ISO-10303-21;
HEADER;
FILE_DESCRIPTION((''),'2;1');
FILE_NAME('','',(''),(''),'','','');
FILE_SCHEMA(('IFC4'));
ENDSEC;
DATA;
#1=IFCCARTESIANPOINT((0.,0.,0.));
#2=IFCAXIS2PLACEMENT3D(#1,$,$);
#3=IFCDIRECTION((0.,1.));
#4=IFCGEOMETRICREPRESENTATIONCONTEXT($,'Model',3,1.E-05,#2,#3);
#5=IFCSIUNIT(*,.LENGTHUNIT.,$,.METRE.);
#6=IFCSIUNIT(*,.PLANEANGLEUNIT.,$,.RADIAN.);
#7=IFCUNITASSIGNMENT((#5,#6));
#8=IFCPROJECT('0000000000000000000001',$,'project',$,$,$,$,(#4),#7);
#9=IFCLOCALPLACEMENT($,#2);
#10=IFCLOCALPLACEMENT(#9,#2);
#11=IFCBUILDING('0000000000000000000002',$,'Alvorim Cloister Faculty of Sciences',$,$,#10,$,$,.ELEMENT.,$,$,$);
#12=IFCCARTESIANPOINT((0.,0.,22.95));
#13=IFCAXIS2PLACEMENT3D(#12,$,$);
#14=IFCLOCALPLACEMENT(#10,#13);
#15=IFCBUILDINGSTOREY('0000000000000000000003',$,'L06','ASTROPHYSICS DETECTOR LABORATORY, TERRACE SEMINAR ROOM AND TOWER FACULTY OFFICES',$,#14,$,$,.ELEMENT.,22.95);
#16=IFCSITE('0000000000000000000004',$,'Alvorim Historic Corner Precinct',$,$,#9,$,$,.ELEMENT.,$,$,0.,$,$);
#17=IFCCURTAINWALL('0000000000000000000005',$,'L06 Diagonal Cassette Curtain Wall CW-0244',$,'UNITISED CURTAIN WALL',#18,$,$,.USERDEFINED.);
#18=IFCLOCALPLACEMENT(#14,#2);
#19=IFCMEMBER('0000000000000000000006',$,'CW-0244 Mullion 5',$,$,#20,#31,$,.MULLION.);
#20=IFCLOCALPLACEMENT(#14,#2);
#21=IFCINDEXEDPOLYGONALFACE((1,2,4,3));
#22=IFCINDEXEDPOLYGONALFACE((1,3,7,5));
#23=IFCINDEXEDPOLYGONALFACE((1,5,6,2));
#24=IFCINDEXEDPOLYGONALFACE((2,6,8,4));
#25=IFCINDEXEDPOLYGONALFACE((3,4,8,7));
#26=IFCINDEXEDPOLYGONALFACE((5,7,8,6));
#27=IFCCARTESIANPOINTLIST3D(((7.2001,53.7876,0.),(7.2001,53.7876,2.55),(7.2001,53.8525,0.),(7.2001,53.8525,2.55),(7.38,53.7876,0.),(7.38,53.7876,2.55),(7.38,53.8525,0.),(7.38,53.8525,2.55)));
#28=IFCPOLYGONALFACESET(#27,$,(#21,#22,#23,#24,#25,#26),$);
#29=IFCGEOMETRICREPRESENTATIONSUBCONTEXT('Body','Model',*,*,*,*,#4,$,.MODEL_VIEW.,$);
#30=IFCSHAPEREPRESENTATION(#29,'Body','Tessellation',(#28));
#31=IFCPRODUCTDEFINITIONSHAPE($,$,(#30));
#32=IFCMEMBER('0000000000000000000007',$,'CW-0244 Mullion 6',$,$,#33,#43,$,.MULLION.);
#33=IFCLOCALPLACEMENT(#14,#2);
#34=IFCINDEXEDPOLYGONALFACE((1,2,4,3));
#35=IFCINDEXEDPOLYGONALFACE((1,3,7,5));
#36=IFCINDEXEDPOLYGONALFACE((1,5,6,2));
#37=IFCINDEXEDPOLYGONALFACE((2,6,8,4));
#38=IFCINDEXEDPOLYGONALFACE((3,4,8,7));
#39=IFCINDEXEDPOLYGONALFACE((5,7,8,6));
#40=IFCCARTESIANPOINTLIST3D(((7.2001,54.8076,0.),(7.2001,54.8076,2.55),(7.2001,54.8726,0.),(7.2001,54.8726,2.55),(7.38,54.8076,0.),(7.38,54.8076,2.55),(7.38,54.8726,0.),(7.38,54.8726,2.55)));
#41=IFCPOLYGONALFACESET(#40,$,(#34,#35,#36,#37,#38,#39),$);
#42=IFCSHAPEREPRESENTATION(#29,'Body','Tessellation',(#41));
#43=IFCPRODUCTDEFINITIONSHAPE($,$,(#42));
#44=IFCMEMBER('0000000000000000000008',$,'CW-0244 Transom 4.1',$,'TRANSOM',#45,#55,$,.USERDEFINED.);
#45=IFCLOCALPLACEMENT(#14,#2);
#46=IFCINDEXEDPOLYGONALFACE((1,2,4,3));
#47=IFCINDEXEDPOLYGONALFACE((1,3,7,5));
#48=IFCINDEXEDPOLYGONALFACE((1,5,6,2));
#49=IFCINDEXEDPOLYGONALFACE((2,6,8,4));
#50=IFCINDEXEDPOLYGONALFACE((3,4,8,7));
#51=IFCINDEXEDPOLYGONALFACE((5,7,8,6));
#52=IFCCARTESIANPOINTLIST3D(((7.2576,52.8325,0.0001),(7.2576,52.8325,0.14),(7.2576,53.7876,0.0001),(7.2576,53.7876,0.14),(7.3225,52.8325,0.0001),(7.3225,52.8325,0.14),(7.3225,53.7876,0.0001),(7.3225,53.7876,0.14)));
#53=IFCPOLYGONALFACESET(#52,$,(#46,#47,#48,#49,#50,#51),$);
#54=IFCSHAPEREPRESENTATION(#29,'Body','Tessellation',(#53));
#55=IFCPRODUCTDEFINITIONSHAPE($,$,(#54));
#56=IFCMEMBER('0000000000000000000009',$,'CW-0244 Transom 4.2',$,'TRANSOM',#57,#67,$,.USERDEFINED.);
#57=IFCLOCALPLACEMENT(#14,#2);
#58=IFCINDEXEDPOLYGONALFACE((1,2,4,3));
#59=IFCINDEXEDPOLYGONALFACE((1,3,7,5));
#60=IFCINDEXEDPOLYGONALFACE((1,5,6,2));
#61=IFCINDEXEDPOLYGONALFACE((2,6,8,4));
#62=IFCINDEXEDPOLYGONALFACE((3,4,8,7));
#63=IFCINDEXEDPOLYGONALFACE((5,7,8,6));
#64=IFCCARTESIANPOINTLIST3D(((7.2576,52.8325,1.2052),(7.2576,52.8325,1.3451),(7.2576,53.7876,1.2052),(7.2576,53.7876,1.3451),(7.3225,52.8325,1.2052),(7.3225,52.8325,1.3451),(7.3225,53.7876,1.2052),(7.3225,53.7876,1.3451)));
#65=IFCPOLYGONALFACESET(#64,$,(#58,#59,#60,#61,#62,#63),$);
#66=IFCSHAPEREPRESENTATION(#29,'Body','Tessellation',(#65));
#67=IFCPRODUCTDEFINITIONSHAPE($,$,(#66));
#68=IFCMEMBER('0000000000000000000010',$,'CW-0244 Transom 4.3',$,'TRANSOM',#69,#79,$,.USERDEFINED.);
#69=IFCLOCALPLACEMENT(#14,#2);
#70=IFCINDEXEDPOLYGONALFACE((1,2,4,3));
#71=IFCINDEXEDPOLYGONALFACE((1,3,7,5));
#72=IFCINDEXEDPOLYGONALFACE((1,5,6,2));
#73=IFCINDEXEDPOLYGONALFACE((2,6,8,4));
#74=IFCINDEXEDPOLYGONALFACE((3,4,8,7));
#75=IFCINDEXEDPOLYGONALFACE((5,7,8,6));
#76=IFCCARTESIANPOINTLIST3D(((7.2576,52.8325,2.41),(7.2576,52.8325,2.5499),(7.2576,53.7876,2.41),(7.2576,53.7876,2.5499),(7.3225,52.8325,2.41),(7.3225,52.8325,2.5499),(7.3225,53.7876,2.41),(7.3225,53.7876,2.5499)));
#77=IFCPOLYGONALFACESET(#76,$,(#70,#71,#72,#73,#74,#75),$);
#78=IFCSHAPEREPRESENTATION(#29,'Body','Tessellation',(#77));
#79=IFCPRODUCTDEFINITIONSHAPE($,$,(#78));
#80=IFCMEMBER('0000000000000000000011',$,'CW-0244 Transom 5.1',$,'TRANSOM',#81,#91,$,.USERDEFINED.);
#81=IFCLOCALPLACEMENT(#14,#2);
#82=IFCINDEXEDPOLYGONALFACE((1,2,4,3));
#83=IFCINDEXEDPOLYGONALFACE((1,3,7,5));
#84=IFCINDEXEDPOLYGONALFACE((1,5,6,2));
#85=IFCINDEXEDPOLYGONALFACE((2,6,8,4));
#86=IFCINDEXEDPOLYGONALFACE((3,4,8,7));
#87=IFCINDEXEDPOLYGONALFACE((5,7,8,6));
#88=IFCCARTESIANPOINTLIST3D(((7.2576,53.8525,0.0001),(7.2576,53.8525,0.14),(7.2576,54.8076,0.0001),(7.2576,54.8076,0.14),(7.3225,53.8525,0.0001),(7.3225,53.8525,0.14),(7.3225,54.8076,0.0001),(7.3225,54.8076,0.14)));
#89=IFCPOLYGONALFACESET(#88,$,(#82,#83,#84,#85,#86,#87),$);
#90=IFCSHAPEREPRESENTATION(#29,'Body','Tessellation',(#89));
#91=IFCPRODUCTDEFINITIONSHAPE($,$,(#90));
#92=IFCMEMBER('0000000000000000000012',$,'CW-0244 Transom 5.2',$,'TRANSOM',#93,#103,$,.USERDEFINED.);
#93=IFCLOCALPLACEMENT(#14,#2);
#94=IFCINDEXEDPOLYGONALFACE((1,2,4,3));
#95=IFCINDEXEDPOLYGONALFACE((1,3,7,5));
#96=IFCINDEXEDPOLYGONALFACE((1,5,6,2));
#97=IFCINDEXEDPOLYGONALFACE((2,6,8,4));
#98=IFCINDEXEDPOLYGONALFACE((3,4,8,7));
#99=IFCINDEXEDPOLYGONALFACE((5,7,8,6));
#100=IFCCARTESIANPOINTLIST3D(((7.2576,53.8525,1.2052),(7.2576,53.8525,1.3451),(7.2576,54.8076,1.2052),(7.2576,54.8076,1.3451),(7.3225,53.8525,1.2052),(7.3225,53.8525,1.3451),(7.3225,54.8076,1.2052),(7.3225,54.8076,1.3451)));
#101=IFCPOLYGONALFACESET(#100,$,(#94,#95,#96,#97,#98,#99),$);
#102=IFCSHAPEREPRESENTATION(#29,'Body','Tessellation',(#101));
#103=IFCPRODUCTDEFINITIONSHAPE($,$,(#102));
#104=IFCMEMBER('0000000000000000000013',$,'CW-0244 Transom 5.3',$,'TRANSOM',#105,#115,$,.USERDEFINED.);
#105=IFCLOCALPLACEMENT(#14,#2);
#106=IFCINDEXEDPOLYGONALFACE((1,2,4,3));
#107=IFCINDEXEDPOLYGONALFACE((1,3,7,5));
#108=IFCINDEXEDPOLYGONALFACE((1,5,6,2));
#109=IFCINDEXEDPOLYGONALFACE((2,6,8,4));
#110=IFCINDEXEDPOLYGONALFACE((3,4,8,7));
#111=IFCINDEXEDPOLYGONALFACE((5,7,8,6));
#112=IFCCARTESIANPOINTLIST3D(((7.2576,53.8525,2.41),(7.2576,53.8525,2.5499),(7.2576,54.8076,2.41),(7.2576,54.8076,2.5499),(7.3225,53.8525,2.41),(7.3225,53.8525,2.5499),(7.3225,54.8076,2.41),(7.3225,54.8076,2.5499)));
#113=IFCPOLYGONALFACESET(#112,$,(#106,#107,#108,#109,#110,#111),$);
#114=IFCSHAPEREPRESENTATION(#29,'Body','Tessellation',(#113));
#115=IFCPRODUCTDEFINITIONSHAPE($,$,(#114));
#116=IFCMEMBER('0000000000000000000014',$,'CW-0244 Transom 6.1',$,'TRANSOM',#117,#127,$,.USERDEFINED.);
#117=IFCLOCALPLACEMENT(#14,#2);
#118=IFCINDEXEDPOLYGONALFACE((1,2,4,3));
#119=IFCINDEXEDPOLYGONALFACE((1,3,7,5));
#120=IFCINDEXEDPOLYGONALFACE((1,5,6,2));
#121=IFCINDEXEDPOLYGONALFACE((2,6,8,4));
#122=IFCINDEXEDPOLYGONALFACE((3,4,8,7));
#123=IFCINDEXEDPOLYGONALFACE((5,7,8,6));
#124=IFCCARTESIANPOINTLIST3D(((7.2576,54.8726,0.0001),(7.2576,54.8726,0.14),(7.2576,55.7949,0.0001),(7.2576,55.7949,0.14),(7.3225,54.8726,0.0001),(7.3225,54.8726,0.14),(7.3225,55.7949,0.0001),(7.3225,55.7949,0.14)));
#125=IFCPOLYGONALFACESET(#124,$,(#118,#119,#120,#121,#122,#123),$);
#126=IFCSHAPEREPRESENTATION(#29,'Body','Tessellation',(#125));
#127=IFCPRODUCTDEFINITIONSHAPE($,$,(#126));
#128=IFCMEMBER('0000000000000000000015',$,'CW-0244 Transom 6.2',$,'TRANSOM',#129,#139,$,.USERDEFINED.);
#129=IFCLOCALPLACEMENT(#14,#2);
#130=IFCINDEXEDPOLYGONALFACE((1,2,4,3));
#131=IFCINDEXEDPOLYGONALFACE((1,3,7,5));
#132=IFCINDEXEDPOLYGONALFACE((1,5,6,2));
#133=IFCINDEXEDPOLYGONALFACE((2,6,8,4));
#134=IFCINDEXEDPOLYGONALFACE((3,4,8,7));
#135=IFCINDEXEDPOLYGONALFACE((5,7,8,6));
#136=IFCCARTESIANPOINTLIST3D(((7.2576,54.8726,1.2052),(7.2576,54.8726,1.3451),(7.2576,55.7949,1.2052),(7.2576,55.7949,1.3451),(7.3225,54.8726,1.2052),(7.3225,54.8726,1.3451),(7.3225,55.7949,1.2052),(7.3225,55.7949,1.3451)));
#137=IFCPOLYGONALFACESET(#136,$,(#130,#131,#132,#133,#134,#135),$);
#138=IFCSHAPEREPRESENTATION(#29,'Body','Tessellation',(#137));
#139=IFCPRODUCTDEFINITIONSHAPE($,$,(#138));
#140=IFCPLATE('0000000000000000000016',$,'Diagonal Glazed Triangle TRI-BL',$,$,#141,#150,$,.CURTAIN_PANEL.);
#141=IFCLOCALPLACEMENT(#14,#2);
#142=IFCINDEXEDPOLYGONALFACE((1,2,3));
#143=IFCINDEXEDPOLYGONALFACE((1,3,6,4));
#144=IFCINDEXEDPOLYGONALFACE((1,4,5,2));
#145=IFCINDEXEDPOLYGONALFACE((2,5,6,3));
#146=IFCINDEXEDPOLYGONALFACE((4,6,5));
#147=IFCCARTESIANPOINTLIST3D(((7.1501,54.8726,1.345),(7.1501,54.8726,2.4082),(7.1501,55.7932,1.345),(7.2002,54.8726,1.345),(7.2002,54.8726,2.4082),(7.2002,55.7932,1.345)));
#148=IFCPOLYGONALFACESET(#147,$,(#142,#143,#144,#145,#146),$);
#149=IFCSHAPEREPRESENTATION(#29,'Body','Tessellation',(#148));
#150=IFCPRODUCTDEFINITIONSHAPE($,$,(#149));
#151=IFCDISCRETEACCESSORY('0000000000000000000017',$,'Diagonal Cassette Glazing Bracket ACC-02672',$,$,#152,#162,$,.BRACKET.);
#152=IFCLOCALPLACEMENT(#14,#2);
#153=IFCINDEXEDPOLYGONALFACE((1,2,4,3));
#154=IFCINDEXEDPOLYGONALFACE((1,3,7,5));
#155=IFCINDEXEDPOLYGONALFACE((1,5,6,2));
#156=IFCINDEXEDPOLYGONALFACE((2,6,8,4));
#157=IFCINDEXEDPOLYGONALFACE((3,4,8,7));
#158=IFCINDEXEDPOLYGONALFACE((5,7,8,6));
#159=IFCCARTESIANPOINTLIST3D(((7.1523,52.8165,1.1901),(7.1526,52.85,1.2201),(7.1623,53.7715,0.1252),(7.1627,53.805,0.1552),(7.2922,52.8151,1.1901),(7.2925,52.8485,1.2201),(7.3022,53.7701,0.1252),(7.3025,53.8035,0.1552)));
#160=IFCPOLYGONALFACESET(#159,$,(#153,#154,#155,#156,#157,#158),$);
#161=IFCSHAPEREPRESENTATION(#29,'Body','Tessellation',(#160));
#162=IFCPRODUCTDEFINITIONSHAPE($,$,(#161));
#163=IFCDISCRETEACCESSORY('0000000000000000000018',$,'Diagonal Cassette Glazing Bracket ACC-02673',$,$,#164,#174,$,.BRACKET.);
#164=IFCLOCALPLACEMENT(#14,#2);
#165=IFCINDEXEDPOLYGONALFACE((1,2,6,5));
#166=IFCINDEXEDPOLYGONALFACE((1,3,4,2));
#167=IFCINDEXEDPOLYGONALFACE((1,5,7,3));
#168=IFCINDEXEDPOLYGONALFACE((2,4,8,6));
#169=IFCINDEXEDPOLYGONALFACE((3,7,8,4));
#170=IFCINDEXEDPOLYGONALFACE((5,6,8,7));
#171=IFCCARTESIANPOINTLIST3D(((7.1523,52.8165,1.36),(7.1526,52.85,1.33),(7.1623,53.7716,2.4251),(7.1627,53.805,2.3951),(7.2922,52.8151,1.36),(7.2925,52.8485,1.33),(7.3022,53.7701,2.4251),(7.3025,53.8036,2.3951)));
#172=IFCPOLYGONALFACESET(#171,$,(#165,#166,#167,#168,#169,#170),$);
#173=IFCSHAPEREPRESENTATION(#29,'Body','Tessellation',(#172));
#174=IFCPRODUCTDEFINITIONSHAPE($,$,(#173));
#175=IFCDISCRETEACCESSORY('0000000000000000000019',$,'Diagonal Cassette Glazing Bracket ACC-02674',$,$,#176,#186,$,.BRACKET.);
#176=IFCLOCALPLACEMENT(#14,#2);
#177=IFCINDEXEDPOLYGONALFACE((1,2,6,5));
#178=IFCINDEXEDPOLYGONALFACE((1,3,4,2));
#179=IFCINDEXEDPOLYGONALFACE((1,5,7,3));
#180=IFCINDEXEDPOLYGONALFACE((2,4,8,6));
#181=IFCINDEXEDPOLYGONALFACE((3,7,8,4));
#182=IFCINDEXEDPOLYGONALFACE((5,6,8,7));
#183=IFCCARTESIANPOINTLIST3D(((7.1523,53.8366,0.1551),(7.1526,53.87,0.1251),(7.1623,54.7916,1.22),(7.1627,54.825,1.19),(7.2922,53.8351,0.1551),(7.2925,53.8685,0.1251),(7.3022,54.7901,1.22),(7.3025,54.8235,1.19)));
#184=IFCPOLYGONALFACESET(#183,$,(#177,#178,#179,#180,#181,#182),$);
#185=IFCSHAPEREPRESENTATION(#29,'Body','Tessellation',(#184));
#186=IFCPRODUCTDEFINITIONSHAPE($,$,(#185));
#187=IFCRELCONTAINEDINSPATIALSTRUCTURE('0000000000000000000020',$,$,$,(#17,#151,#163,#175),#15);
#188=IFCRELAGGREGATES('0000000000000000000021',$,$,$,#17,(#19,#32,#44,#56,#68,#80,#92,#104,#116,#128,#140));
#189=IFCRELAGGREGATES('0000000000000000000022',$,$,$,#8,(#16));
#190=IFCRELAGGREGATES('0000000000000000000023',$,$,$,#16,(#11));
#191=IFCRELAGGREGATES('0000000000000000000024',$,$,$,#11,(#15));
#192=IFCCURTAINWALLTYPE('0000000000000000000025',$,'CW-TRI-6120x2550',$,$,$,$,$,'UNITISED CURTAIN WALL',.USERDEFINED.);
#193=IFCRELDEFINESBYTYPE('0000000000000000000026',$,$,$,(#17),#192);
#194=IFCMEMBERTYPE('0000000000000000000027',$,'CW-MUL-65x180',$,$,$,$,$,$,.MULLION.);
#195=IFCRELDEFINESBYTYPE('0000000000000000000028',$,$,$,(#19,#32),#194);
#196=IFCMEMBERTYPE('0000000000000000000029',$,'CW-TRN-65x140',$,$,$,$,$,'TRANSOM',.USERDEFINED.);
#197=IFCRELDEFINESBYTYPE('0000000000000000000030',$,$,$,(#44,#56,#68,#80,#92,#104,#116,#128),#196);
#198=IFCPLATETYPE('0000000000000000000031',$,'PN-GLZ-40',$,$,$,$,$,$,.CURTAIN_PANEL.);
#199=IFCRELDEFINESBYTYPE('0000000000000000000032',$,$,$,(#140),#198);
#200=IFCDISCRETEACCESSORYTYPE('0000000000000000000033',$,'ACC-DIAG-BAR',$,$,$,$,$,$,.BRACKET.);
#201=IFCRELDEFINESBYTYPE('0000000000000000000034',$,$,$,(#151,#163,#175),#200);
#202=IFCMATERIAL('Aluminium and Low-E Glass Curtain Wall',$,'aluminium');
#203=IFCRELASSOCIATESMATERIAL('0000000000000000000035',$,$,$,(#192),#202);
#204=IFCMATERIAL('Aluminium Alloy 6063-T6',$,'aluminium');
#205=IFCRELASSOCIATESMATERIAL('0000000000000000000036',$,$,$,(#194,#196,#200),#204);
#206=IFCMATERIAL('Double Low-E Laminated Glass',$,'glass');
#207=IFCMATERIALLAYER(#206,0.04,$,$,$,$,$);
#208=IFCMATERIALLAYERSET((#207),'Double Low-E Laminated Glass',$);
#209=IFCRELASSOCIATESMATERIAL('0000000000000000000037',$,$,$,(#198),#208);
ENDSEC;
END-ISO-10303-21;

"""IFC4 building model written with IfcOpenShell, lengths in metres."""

from ifc_helpers import new_model, si_unit, direction, frame, origin, origin_2d, place, context, subcontext, project, spatial, polyline, rectangle, outline, extrude, material, layer, layer_set, material_profile, profile_set, type_object, element, aggregate, save


model = new_model("IFC4")

# Units and contexts
model_context = context("Model", 3, precision=1e-05, world=origin(), true_north=direction((0.0, 1.0)))
body_context = subcontext(model_context, "Body", "Model", "MODEL_VIEW")
ifc_project = project(units=[si_unit("LENGTHUNIT", "METRE"), si_unit("PLANEANGLEUNIT", "RADIAN")], contexts=[model_context])

# Site, building, storey
site_placement = place(None, origin())
site = spatial("IfcSite", under=ifc_project, at=site_placement, Name="Alvorim Historic Corner Precinct", CompositionType="ELEMENT", RefElevation=0.0)
building_placement = place(site_placement, origin())
building = spatial("IfcBuilding", under=site, at=building_placement, Name="Alvorim Cloister Faculty of Sciences", CompositionType="ELEMENT")
storey_placement = place(building_placement, frame((0.0, 0.0, 22.95)))
storey = spatial("IfcBuildingStorey", under=building, at=storey_placement, Name="L06", Description="ASTROPHYSICS DETECTOR LABORATORY, TERRACE SEMINAR ROOM AND TOWER FACULTY OFFICES", CompositionType="ELEMENT", Elevation=22.95)

# Curtain wall, members, plate
ifc_material_1 = material(Name="Aluminium and Low-E Glass Curtain Wall", Category="aluminium")
curtain_wall_type = type_object("IfcCurtainWallType", Name="CW-TRI-6120x2550", ElementType="UNITISED CURTAIN WALL", PredefinedType="USERDEFINED", material=ifc_material_1)
curtain_wall_placement = place(storey_placement, origin())
curtain_wall = element("IfcCurtainWall", 1, at=curtain_wall_placement, inside=storey, type_object=curtain_wall_type, Name="L06 Diagonal Cassette Curtain Wall CW-0244", ObjectType="UNITISED CURTAIN WALL", PredefinedType="USERDEFINED")
ifc_material_2 = material(Name="Aluminium Alloy 6063-T6", Category="aluminium")
ifc_material_profile_1 = material_profile(ifc_material_2, rectangle(XDim=0.0649, YDim=0.1799, at=origin_2d()), Name="ALU-MUL-65x180")
ifc_profile_set_1 = profile_set([ifc_material_profile_1], Name="Aluminium Alloy 6063-T6")
member_type_1 = type_object("IfcMemberType", Name="CW-MUL-65x180", PredefinedType="MULLION", material=ifc_profile_set_1)
member_1_placement = place(storey_placement, frame((7.29, 53.8201, 0.0), z_axis=(0.0, 0.0, 1.0), x_axis=(0.0, 1.0, 0.0)))
member_1 = element("IfcMember", 2, at=member_1_placement, type_object=member_type_1, Name="CW-0244 Mullion 5", PredefinedType="MULLION", context=body_context, shape_type="SweptSolid", body=[
    extrude(rectangle(XDim=0.0649, YDim=0.1799, at=origin_2d()), origin(), (0.0, 0.0, 1.0), 2.55),
])
member_2_placement = place(storey_placement, frame((7.29, 54.8401, 0.0), z_axis=(0.0, 0.0, 1.0), x_axis=(0.0, 1.0, 0.0)))
member_2 = element("IfcMember", 3, at=member_2_placement, type_object=member_type_1, Name="CW-0244 Mullion 6", PredefinedType="MULLION", context=body_context, shape_type="SweptSolid", body=[
    extrude(rectangle(XDim=0.0649, YDim=0.1799, at=origin_2d()), origin(), (0.0, 0.0, 1.0), 2.55),
])
ifc_material_profile_2 = material_profile(ifc_material_2, rectangle(XDim=0.0649, YDim=0.1399, at=origin_2d()), Name="ALU-TRN-65x140")
ifc_profile_set_2 = profile_set([ifc_material_profile_2], Name="Aluminium Alloy 6063-T6")
member_type_2 = type_object("IfcMemberType", Name="CW-TRN-65x140", ElementType="TRANSOM", PredefinedType="USERDEFINED", material=ifc_profile_set_2)
member_3_placement = place(storey_placement, frame((7.29, 52.8325, 0.0701), z_axis=(0.0, 1.0, 0.0), x_axis=(-1.0, 0.0, 0.0)))
member_3 = element("IfcMember", 4, at=member_3_placement, type_object=member_type_2, Name="CW-0244 Transom 4.1", ObjectType="TRANSOM", PredefinedType="USERDEFINED", context=body_context, shape_type="SweptSolid", body=[
    extrude(rectangle(XDim=0.0649, YDim=0.1399, at=origin_2d()), origin(), (0.0, 0.0, 1.0), 0.9551),
])
member_4_placement = place(storey_placement, frame((7.29, 52.8325, 1.2751), z_axis=(0.0, 1.0, 0.0), x_axis=(-1.0, 0.0, 0.0)))
member_4 = element("IfcMember", 5, at=member_4_placement, type_object=member_type_2, Name="CW-0244 Transom 4.2", ObjectType="TRANSOM", PredefinedType="USERDEFINED", context=body_context, shape_type="SweptSolid", body=[
    extrude(rectangle(XDim=0.0649, YDim=0.1399, at=origin_2d()), origin(), (0.0, 0.0, 1.0), 0.9551),
])
member_5_placement = place(storey_placement, frame((7.29, 52.8325, 2.48), z_axis=(0.0, 1.0, 0.0), x_axis=(-1.0, 0.0, 0.0)))
member_5 = element("IfcMember", 6, at=member_5_placement, type_object=member_type_2, Name="CW-0244 Transom 4.3", ObjectType="TRANSOM", PredefinedType="USERDEFINED", context=body_context, shape_type="SweptSolid", body=[
    extrude(rectangle(XDim=0.0649, YDim=0.1399, at=origin_2d()), origin(), (0.0, 0.0, 1.0), 0.9551),
])
member_6_placement = place(storey_placement, frame((7.29, 53.8525, 0.0701), z_axis=(0.0, 1.0, 0.0), x_axis=(-1.0, 0.0, 0.0)))
member_6 = element("IfcMember", 7, at=member_6_placement, type_object=member_type_2, Name="CW-0244 Transom 5.1", ObjectType="TRANSOM", PredefinedType="USERDEFINED", context=body_context, shape_type="SweptSolid", body=[
    extrude(rectangle(XDim=0.0649, YDim=0.1399, at=origin_2d()), origin(), (0.0, 0.0, 1.0), 0.9551),
])
member_7_placement = place(storey_placement, frame((7.29, 53.8525, 1.2751), z_axis=(0.0, 1.0, 0.0), x_axis=(-1.0, 0.0, 0.0)))
member_7 = element("IfcMember", 8, at=member_7_placement, type_object=member_type_2, Name="CW-0244 Transom 5.2", ObjectType="TRANSOM", PredefinedType="USERDEFINED", context=body_context, shape_type="SweptSolid", body=[
    extrude(rectangle(XDim=0.0649, YDim=0.1399, at=origin_2d()), origin(), (0.0, 0.0, 1.0), 0.9551),
])
member_8_placement = place(storey_placement, frame((7.29, 53.8525, 2.48), z_axis=(0.0, 1.0, 0.0), x_axis=(-1.0, 0.0, 0.0)))
member_8 = element("IfcMember", 9, at=member_8_placement, type_object=member_type_2, Name="CW-0244 Transom 5.3", ObjectType="TRANSOM", PredefinedType="USERDEFINED", context=body_context, shape_type="SweptSolid", body=[
    extrude(rectangle(XDim=0.0649, YDim=0.1399, at=origin_2d()), origin(), (0.0, 0.0, 1.0), 0.9551),
])
member_9_placement = place(storey_placement, frame((7.29, 54.8726, 0.0701), z_axis=(0.0, 1.0, 0.0), x_axis=(-1.0, 0.0, 0.0)))
member_9 = element("IfcMember", 10, at=member_9_placement, type_object=member_type_2, Name="CW-0244 Transom 6.1", ObjectType="TRANSOM", PredefinedType="USERDEFINED", context=body_context, shape_type="SweptSolid", body=[
    extrude(rectangle(XDim=0.0649, YDim=0.1399, at=origin_2d()), origin(), (0.0, 0.0, 1.0), 0.9224),
])
member_10_placement = place(storey_placement, frame((7.29, 54.8726, 1.2751), z_axis=(0.0, 1.0, 0.0), x_axis=(-1.0, 0.0, 0.0)))
member_10 = element("IfcMember", 11, at=member_10_placement, type_object=member_type_2, Name="CW-0244 Transom 6.2", ObjectType="TRANSOM", PredefinedType="USERDEFINED", context=body_context, shape_type="SweptSolid", body=[
    extrude(rectangle(XDim=0.0649, YDim=0.1399, at=origin_2d()), origin(), (0.0, 0.0, 1.0), 0.9224),
])
ifc_material_3 = material(Name="Double Low-E Laminated Glass", Category="glass")
ifc_layer = layer(ifc_material_3, 0.04)
ifc_layer_set = layer_set([ifc_layer], Name="Double Low-E Laminated Glass")
plate_type = type_object("IfcPlateType", Name="PN-GLZ-40", PredefinedType="CURTAIN_PANEL", material=ifc_layer_set)
plate_1_placement = place(storey_placement, frame((7.175, 54.8726, 1.345), z_axis=(0.0, 0.0, 1.0), x_axis=(0.0, 1.0, 0.0)))
plate_1 = element("IfcPlate", 12, at=plate_1_placement, type_object=plate_type, Name="Diagonal Glazed Triangle TRI-BL", PredefinedType="CURTAIN_PANEL", context=body_context, shape_type="SweptSolid", body=[
    extrude(outline(polyline([(0.0, 0.0), (0.9207, 0.0), (0.0, 1.0632), (0.0, 0.0)])), frame((0.0, 0.0249, 0.0), z_axis=(0.0, -1.0, 0.0), x_axis=(1.0, 0.0, 0.0)), (0.0, 0.0, 1.0), 0.05),
])
aggregate(curtain_wall, [member_1, member_2, member_3, member_4, member_5, member_6, member_7, member_8, member_9, member_10, plate_1])

# Discrete accessories
discrete_accessory_type = type_object("IfcDiscreteAccessoryType", Name="ACC-DIAG-BAR", PredefinedType="BRACKET", material=ifc_material_2)
discrete_accessory_1_placement = place(storey_placement, frame((7.2224, 52.8325, 1.2051), z_axis=(0.006997, 0.667646, -0.744446), x_axis=(-0.999945, 0.01048, 0.0)))
element("IfcDiscreteAccessory", 13, at=discrete_accessory_1_placement, inside=storey, type_object=discrete_accessory_type, Name="Diagonal Cassette Glazing Bracket ACC-02672", PredefinedType="BRACKET", context=body_context, shape_type="SweptSolid", body=[
    extrude(rectangle(XDim=0.1399, YDim=0.0449, at=origin_2d()), origin(), (0.0, 0.0, 1.0), 1.4304),
])
discrete_accessory_2_placement = place(storey_placement, frame((7.2224, 52.8325, 1.345), z_axis=(0.006996, 0.667561, 0.744522), x_axis=(-0.999945, 0.01048, 0.0)))
element("IfcDiscreteAccessory", 14, at=discrete_accessory_2_placement, inside=storey, type_object=discrete_accessory_type, Name="Diagonal Cassette Glazing Bracket ACC-02673", PredefinedType="BRACKET", context=body_context, shape_type="SweptSolid", body=[
    extrude(rectangle(XDim=0.1399, YDim=0.0449, at=origin_2d()), origin(), (0.0, 0.0, 1.0), 1.4307),
])
discrete_accessory_3_placement = place(storey_placement, frame((7.2224, 53.8525, 0.1401), z_axis=(0.006997, 0.667646, 0.744446), x_axis=(-0.999945, 0.01048, 0.0)))
element("IfcDiscreteAccessory", 15, at=discrete_accessory_3_placement, inside=storey, type_object=discrete_accessory_type, Name="Diagonal Cassette Glazing Bracket ACC-02674", PredefinedType="BRACKET", context=body_context, shape_type="SweptSolid", body=[
    extrude(rectangle(XDim=0.1399, YDim=0.0449, at=origin_2d()), origin(), (0.0, 0.0, 1.0), 1.4304),
])

save(model, "model.ifc")
